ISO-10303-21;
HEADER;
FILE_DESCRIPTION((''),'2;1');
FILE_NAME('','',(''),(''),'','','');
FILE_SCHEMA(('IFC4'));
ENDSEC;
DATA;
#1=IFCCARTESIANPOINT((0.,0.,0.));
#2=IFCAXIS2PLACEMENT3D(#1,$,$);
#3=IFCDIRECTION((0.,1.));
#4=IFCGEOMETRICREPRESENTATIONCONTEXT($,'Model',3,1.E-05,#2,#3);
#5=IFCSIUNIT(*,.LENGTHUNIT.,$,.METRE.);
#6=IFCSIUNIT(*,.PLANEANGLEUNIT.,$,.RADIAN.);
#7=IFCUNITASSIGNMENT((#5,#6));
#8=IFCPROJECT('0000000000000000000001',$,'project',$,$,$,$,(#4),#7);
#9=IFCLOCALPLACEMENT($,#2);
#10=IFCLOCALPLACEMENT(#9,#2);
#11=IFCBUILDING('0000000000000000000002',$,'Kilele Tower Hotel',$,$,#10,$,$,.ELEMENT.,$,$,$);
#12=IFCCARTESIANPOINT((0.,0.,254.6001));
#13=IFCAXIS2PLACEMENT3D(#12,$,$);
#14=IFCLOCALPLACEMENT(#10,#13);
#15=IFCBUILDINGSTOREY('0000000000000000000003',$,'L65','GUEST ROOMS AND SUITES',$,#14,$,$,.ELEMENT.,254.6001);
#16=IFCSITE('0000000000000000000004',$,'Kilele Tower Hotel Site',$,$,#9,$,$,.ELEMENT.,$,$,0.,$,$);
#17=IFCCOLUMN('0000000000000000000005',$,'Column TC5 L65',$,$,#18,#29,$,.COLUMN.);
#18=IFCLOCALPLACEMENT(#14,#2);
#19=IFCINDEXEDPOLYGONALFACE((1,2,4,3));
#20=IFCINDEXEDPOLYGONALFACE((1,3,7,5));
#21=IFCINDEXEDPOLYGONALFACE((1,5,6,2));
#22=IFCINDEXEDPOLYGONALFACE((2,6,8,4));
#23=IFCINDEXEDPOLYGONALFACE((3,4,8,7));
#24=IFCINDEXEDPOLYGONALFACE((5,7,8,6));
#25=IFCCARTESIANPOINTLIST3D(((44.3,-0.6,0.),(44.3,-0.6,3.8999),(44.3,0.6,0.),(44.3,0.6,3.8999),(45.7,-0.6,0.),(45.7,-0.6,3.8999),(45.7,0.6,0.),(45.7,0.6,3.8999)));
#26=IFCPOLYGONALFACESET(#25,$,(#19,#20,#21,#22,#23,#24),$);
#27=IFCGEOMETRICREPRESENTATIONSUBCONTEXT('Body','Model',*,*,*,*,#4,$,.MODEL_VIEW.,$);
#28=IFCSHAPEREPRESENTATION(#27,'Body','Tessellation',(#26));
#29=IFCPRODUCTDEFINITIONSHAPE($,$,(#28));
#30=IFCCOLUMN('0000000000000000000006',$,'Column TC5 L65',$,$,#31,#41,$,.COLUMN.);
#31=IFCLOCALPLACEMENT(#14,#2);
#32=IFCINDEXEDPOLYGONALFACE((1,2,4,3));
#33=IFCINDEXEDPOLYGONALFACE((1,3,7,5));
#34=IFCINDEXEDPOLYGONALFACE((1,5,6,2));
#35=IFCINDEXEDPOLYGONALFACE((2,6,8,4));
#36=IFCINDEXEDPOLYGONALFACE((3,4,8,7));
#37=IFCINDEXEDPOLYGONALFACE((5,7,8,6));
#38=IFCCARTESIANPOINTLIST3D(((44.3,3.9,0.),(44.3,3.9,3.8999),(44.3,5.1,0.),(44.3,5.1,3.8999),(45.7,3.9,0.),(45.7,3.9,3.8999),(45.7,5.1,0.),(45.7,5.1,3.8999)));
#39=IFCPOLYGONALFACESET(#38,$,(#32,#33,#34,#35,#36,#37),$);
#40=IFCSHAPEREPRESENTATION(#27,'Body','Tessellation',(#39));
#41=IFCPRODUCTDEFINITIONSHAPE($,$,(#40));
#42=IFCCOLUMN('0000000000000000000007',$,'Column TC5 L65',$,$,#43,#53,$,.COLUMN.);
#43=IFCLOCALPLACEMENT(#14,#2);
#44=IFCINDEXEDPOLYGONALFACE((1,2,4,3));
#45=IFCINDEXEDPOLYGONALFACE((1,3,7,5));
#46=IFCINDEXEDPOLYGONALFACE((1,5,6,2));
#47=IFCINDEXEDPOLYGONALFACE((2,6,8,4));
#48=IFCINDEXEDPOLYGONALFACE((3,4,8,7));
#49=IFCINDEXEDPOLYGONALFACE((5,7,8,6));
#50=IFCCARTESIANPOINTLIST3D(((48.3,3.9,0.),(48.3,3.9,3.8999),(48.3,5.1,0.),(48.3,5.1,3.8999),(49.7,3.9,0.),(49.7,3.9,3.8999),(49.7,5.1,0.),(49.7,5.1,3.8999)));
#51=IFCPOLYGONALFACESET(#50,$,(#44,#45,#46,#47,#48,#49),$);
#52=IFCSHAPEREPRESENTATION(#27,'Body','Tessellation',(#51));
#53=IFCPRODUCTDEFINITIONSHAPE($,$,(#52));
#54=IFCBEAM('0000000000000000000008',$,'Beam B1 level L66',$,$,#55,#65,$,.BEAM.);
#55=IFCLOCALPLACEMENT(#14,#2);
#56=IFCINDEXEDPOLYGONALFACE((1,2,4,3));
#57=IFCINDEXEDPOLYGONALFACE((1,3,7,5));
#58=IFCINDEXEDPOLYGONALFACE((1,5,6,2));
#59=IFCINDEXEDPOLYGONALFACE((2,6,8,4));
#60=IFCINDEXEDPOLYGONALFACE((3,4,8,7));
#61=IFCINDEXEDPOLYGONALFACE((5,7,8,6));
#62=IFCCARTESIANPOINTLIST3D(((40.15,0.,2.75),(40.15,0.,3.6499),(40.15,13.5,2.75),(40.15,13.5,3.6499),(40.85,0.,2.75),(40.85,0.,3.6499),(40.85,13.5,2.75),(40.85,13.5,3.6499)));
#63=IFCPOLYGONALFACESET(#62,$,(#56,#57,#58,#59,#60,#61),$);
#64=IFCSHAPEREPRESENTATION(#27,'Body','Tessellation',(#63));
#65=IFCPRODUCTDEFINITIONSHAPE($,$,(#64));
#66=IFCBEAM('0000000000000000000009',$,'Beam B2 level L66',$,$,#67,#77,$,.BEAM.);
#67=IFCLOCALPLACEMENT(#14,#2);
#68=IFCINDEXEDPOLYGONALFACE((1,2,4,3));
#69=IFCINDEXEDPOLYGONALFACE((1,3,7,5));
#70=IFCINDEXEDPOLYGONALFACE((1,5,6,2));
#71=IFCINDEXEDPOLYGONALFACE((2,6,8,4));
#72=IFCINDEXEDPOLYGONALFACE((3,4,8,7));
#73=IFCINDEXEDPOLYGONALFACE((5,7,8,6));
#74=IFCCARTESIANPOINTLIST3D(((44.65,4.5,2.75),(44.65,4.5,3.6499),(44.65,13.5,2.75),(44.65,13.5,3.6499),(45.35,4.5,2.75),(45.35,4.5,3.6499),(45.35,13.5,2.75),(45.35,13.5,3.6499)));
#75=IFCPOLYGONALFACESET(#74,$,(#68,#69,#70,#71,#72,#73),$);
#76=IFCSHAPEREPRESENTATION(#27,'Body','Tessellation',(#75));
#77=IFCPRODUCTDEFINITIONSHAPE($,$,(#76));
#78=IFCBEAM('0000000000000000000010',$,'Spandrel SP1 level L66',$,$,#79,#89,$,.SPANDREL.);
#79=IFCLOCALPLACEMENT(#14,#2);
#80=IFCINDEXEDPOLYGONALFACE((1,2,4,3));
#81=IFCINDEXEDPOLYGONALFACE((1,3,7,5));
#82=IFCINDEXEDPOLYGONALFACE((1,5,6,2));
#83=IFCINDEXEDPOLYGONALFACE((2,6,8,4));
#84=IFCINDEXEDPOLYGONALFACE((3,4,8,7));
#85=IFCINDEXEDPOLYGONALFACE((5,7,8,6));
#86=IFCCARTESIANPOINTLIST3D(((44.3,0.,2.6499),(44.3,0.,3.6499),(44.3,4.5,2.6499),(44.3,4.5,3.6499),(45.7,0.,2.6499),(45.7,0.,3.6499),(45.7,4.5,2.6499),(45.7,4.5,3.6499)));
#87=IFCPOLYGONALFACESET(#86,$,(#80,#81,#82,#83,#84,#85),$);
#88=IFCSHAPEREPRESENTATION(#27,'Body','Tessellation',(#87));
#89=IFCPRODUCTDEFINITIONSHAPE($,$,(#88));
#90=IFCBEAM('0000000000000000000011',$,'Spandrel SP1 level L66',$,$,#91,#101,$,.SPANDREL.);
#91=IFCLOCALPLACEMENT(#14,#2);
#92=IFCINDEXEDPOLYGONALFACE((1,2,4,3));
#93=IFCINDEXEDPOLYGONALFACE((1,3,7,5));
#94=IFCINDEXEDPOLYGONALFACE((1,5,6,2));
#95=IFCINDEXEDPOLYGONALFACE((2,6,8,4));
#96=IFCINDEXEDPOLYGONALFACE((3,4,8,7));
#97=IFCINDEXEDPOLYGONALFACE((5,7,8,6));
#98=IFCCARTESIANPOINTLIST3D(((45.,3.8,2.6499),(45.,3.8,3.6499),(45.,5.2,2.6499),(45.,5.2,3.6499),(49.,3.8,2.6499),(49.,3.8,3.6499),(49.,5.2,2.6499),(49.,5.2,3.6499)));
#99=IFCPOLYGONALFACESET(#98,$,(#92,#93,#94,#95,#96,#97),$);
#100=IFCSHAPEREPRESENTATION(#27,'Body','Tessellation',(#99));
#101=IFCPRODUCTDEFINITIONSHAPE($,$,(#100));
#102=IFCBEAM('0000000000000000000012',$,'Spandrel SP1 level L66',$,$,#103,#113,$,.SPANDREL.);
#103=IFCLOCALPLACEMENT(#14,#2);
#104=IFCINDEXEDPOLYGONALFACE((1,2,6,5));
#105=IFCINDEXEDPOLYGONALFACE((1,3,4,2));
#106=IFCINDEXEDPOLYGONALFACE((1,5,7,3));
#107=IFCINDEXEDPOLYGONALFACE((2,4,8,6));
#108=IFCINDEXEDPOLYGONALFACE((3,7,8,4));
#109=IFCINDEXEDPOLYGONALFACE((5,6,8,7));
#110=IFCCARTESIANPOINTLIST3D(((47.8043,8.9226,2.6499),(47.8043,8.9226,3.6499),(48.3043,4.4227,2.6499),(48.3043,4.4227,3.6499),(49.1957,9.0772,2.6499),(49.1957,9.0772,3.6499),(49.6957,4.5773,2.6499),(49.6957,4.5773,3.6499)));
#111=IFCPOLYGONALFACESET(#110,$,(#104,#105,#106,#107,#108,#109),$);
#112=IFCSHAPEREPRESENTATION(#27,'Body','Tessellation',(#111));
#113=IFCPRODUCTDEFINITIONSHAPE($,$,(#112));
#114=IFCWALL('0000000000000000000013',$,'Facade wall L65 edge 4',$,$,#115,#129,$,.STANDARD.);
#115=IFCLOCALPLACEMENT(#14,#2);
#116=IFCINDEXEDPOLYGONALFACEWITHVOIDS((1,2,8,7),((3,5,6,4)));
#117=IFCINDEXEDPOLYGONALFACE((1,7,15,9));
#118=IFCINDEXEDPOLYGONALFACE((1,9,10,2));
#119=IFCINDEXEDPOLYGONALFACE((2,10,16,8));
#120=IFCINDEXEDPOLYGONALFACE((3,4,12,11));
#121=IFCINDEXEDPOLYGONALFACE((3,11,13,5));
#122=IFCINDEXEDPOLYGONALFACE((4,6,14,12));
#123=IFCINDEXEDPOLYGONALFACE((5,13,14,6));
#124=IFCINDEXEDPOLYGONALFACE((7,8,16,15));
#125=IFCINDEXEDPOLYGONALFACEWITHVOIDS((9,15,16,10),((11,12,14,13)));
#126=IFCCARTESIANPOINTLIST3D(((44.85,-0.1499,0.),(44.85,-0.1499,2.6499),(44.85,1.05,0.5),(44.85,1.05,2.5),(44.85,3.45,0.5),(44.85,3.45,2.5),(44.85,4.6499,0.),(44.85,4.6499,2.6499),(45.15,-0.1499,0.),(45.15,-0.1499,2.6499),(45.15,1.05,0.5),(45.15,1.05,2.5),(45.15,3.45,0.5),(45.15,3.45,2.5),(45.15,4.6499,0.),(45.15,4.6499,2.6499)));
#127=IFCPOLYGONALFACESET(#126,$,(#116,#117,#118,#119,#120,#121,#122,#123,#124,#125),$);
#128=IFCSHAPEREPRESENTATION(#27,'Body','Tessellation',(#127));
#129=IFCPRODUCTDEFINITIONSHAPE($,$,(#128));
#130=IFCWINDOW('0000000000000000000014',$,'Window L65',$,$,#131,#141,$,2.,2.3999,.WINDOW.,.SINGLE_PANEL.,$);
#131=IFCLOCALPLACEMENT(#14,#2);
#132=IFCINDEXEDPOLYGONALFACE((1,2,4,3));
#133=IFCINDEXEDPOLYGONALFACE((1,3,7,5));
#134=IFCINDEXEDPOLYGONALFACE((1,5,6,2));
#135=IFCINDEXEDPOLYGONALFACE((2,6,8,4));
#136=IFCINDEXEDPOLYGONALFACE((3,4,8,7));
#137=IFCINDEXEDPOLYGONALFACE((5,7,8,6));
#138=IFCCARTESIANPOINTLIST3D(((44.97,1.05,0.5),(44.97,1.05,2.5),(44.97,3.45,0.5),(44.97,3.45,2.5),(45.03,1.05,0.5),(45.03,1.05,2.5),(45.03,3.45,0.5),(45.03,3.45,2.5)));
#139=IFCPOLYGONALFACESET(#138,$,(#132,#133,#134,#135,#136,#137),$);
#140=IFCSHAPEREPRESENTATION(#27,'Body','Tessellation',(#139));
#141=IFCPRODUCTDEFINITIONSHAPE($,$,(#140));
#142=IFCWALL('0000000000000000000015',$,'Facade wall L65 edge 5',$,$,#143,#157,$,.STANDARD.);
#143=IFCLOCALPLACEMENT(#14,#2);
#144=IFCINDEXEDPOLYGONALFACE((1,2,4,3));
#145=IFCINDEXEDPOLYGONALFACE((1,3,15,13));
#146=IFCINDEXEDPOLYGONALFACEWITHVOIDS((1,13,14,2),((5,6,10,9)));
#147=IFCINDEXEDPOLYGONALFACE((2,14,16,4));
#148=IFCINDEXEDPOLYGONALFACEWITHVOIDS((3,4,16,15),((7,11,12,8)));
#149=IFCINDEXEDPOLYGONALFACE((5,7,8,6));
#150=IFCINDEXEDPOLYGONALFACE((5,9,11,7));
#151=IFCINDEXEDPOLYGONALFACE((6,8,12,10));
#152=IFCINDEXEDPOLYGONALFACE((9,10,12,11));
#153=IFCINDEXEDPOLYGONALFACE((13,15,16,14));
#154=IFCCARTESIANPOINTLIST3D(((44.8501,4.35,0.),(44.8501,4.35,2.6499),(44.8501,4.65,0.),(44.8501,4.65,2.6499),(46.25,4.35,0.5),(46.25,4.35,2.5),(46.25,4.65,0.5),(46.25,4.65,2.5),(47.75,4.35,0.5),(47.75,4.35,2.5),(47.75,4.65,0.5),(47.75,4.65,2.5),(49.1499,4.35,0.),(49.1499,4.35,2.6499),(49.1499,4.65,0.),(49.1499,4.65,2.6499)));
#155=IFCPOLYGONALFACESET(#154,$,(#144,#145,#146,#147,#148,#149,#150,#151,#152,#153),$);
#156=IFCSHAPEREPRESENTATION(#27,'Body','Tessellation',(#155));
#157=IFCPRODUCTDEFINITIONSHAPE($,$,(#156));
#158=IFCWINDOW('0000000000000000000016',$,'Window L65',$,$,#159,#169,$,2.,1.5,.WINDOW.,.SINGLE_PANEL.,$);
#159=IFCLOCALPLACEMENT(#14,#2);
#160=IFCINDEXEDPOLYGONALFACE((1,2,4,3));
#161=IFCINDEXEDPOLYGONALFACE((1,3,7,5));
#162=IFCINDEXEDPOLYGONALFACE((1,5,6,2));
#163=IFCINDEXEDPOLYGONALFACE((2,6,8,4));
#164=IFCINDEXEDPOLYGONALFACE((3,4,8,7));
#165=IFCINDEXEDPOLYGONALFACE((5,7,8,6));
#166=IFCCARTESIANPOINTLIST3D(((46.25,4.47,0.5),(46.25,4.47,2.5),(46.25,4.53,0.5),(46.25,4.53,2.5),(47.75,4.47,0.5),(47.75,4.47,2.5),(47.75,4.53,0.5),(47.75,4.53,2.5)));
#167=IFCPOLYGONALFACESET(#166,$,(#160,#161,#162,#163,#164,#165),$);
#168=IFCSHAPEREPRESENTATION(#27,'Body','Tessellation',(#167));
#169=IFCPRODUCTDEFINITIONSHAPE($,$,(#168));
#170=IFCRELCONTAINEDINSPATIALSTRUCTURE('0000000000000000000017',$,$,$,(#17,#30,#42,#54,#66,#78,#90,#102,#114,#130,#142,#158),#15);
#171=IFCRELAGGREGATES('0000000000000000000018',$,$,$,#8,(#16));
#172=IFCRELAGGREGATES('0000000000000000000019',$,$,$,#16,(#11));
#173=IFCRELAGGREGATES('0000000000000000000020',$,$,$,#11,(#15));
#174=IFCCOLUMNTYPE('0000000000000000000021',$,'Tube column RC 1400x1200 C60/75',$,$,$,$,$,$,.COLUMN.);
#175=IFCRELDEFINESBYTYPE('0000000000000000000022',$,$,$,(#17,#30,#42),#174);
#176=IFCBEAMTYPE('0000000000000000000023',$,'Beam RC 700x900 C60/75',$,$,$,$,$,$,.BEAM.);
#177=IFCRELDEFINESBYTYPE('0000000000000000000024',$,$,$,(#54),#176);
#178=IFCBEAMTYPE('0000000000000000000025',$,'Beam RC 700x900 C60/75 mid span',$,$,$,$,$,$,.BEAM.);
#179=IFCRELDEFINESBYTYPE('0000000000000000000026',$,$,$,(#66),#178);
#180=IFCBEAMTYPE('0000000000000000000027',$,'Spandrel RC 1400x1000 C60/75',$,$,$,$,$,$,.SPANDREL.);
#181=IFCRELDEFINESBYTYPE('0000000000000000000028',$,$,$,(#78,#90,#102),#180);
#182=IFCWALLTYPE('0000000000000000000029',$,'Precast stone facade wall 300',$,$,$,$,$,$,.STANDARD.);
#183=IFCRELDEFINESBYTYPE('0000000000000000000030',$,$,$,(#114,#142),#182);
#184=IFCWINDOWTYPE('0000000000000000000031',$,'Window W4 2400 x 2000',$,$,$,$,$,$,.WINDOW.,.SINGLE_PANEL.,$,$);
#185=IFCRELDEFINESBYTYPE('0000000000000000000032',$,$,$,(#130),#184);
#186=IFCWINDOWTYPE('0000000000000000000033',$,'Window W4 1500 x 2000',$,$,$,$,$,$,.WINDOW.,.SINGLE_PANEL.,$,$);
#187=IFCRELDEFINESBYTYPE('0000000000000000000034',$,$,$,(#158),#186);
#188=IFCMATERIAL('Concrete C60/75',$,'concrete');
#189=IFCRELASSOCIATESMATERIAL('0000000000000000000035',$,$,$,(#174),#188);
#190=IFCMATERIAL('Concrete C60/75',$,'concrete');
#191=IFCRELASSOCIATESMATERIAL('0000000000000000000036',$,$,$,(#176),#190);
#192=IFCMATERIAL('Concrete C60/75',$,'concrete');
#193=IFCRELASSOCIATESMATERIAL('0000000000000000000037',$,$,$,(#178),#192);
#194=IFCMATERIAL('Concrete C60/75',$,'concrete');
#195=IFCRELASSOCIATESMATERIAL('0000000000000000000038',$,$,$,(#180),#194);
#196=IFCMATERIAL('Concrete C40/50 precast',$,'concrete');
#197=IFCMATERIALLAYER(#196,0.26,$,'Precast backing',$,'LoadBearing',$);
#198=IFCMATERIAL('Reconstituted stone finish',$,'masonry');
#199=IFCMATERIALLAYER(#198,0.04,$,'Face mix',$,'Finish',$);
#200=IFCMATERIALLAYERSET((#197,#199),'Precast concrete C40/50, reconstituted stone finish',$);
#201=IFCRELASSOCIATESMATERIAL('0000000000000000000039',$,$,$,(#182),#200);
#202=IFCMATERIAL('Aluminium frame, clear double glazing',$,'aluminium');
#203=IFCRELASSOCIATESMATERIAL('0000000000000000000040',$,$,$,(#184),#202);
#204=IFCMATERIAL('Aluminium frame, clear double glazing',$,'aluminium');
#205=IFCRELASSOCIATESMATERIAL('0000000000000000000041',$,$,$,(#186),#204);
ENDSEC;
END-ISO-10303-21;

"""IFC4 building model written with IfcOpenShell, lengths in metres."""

from ifc_helpers import new_model, si_unit, direction, frame, frame_2d, origin, origin_2d, place, context, subcontext, project, spatial, rectangle, extrude, material, layer, layer_set, material_profile, profile_set, type_object, element, fill, save


model = new_model("IFC4")

# Units and contexts
model_context = context("Model", 3, precision=1e-05, world=origin(), true_north=direction((0.0, 1.0)))
body_context = subcontext(model_context, "Body", "Model", "MODEL_VIEW")
ifc_project = project(units=[si_unit("LENGTHUNIT", "METRE"), si_unit("PLANEANGLEUNIT", "RADIAN")], contexts=[model_context])

# Site, building, storey
site_placement = place(None, origin())
site = spatial("IfcSite", under=ifc_project, at=site_placement, Name="Kilele Tower Hotel Site", CompositionType="ELEMENT", RefElevation=0.0)
building_placement = place(site_placement, origin())
building = spatial("IfcBuilding", under=site, at=building_placement, Name="Kilele Tower Hotel", CompositionType="ELEMENT")
storey_placement = place(building_placement, frame((0.0, 0.0, 254.6001)))
storey = spatial("IfcBuildingStorey", under=building, at=storey_placement, Name="L65", Description="GUEST ROOMS AND SUITES", CompositionType="ELEMENT", Elevation=254.6001)

# Columns
ifc_material_1 = material(Name="Concrete C60/75", Category="concrete")
ifc_material_profile_1 = material_profile(ifc_material_1, rectangle(XDim=1.3999, YDim=1.2, at=origin_2d()))
ifc_profile_set_1 = profile_set([ifc_material_profile_1], Name="Concrete C60/75")
column_type = type_object("IfcColumnType", Name="Tube column RC 1400x1200 C60/75", PredefinedType="COLUMN", material=ifc_profile_set_1)
for number, where, z_axis, x_axis, name in (
    (1, (45.0, 0.0, 0.0), (0.0, 0.0, 1.0), (1.0, 0.0, 0.0), "Column TC5 L65"),
    (2, (45.0, 4.5, 0.0), (0.0, 0.0, 1.0), (1.0, 0.0, 0.0), "Column TC5 L65"),
    (3, (49.0, 4.5, 0.0), (0.0, 0.0, 1.0), (1.0, 0.0, 0.0), "Column TC5 L65"),
):
    element("IfcColumn", number, at=place(storey_placement, frame(where, z_axis=z_axis, x_axis=x_axis)), inside=storey, type_object=column_type, Name=name, PredefinedType="COLUMN", context=body_context, shape_type="SweptSolid", body=[
        extrude(rectangle(XDim=1.3999, YDim=1.2, at=origin_2d()), origin(), (0.0, 0.0, 1.0), 3.8999),
    ])

# Beams
ifc_material_2 = material(Name="Concrete C60/75", Category="concrete")
ifc_material_profile_2 = material_profile(ifc_material_2, rectangle(XDim=0.7, YDim=0.8999, at=origin_2d()))
ifc_profile_set_2 = profile_set([ifc_material_profile_2], Name="Concrete C60/75")
beam_type_1 = type_object("IfcBeamType", Name="Beam RC 700x900 C60/75", PredefinedType="BEAM", material=ifc_profile_set_2)
beam_1_placement = place(storey_placement, frame((40.5, 0.0, 3.2), z_axis=(0.0, 1.0, 0.0), x_axis=(-1.0, 0.0, 0.0)))
element("IfcBeam", 4, at=beam_1_placement, inside=storey, type_object=beam_type_1, Name="Beam B1 level L66", PredefinedType="BEAM", context=body_context, shape_type="SweptSolid", body=[
    extrude(rectangle(XDim=0.7, YDim=0.8999, at=origin_2d()), origin(), (0.0, 0.0, 1.0), 13.5),
])
ifc_material_3 = material(Name="Concrete C60/75", Category="concrete")
ifc_material_profile_3 = material_profile(ifc_material_3, rectangle(XDim=0.7, YDim=0.8999, at=origin_2d()))
ifc_profile_set_3 = profile_set([ifc_material_profile_3], Name="Concrete C60/75")
beam_type_2 = type_object("IfcBeamType", Name="Beam RC 700x900 C60/75 mid span", PredefinedType="BEAM", material=ifc_profile_set_3)
beam_2_placement = place(storey_placement, frame((45.0, 4.5, 3.2), z_axis=(0.0, 1.0, 0.0), x_axis=(-1.0, 0.0, 0.0)))
element("IfcBeam", 5, at=beam_2_placement, inside=storey, type_object=beam_type_2, Name="Beam B2 level L66", PredefinedType="BEAM", context=body_context, shape_type="SweptSolid", body=[
    extrude(rectangle(XDim=0.7, YDim=0.8999, at=origin_2d()), origin(), (0.0, 0.0, 1.0), 9.0),
])
ifc_material_4 = material(Name="Concrete C60/75", Category="concrete")
ifc_material_profile_4 = material_profile(ifc_material_4, rectangle(XDim=1.3999, YDim=1.0, at=origin_2d()))
ifc_profile_set_4 = profile_set([ifc_material_profile_4], Name="Concrete C60/75")
beam_type_3 = type_object("IfcBeamType", Name="Spandrel RC 1400x1000 C60/75", PredefinedType="SPANDREL", material=ifc_profile_set_4)
beam_3_placement = place(storey_placement, frame((45.0, 0.0, 3.1499), z_axis=(0.0, 1.0, 0.0), x_axis=(-1.0, 0.0, 0.0)))
element("IfcBeam", 6, at=beam_3_placement, inside=storey, type_object=beam_type_3, Name="Spandrel SP1 level L66", PredefinedType="SPANDREL", context=body_context, shape_type="SweptSolid", body=[
    extrude(rectangle(XDim=1.3999, YDim=1.0, at=origin_2d()), origin(), (0.0, 0.0, 1.0), 4.5),
])
beam_4_placement = place(storey_placement, frame((45.0, 4.5, 3.1499), z_axis=(1.0, 0.0, 0.0), x_axis=(0.0, 1.0, 0.0)))
element("IfcBeam", 7, at=beam_4_placement, inside=storey, type_object=beam_type_3, Name="Spandrel SP1 level L66", PredefinedType="SPANDREL", context=body_context, shape_type="SweptSolid", body=[
    extrude(rectangle(XDim=1.3999, YDim=1.0, at=origin_2d()), origin(), (0.0, 0.0, 1.0), 4.0),
])
beam_5_placement = place(storey_placement, frame((49.0, 4.5, 3.1499), z_axis=(-0.110432, 0.993884, 0.0), x_axis=(-0.993884, -0.110432, 0.0)))
element("IfcBeam", 8, at=beam_5_placement, inside=storey, type_object=beam_type_3, Name="Spandrel SP1 level L66", PredefinedType="SPANDREL", context=body_context, shape_type="SweptSolid", body=[
    extrude(rectangle(XDim=1.3999, YDim=1.0, at=origin_2d()), origin(), (0.0, 0.0, 1.0), 4.5276),
])

# Walls, openings, windows
ifc_material_5 = material(Name="Concrete C40/50 precast", Category="concrete")
ifc_layer_1 = layer(ifc_material_5, 0.26, Name="Precast backing", Category="LoadBearing")
ifc_material_6 = material(Name="Reconstituted stone finish", Category="masonry")
ifc_layer_2 = layer(ifc_material_6, 0.04, Name="Face mix", Category="Finish")
ifc_layer_set = layer_set([ifc_layer_1, ifc_layer_2], Name="Precast concrete C40/50, reconstituted stone finish")
wall_type = type_object("IfcWallType", Name="Precast stone facade wall 300", PredefinedType="STANDARD", material=ifc_layer_set)
wall_1_placement = place(storey_placement, frame((45.0, -0.1499, 0.0), z_axis=(0.0, 0.0, 1.0), x_axis=(0.0, 1.0, 0.0)))
wall_1 = element("IfcWall", 9, at=wall_1_placement, inside=storey, type_object=wall_type, Name="Facade wall L65 edge 4", PredefinedType="STANDARD", context=body_context, shape_type="SweptSolid", body=[
    extrude(rectangle(XDim=4.7998, YDim=0.3, at=frame_2d((2.3999, 0.0))), origin(), (0.0, 0.0, 1.0), 2.6499),
])
opening_1_placement = place(wall_1_placement, frame((1.2, 0.0, 0.5)))
opening_1 = element("IfcOpeningElement", 10, at=opening_1_placement, cuts=wall_1, PredefinedType="OPENING", context=body_context, shape_type="SweptSolid", body=[
    extrude(rectangle(XDim=2.3999, YDim=2.0, at=frame_2d((1.2, 1.0))), frame((0.0, 0.1599, 0.0), z_axis=(0.0, -1.0, 0.0), x_axis=(1.0, 0.0, 0.0)), (0.0, 0.0, 1.0), 0.3201),
])
ifc_material_7 = material(Name="Aluminium frame, clear double glazing", Category="aluminium")
window_type_1 = type_object("IfcWindowType", Name="Window W4 2400 x 2000", PartitioningType="SINGLE_PANEL", PredefinedType="WINDOW", material=ifc_material_7)
window_1_placement = place(opening_1_placement, origin())
window_1 = element("IfcWindow", 11, at=window_1_placement, inside=storey, type_object=window_type_1, Name="Window L65", OverallHeight=2.0, OverallWidth=2.3999, PartitioningType="SINGLE_PANEL", PredefinedType="WINDOW", context=body_context, shape_type="SweptSolid", body=[
    extrude(rectangle(XDim=2.3999, YDim=2.0, at=frame_2d((1.2, 1.0))), frame((0.0, 0.03, 0.0), z_axis=(0.0, -1.0, 0.0), x_axis=(1.0, 0.0, 0.0)), (0.0, 0.0, 1.0), 0.0601),
])
fill(opening_1, window_1)
wall_2_placement = place(storey_placement, frame((44.8501, 4.5, 0.0), z_axis=(0.0, 0.0, 1.0), x_axis=(1.0, 0.0, 0.0)))
wall_2 = element("IfcWall", 12, at=wall_2_placement, inside=storey, type_object=wall_type, Name="Facade wall L65 edge 5", PredefinedType="STANDARD", context=body_context, shape_type="SweptSolid", body=[
    extrude(rectangle(XDim=4.2998, YDim=0.3, at=frame_2d((2.1499, 0.0))), origin(), (0.0, 0.0, 1.0), 2.6499),
])
opening_2_placement = place(wall_2_placement, frame((1.3999, 0.0, 0.5)))
opening_2 = element("IfcOpeningElement", 13, at=opening_2_placement, cuts=wall_2, PredefinedType="OPENING", context=body_context, shape_type="SweptSolid", body=[
    extrude(rectangle(XDim=1.5, YDim=2.0, at=frame_2d((0.75, 1.0))), frame((0.0, 0.1599, 0.0), z_axis=(0.0, -1.0, 0.0), x_axis=(1.0, 0.0, 0.0)), (0.0, 0.0, 1.0), 0.3201),
])
ifc_material_8 = material(Name="Aluminium frame, clear double glazing", Category="aluminium")
window_type_2 = type_object("IfcWindowType", Name="Window W4 1500 x 2000", PartitioningType="SINGLE_PANEL", PredefinedType="WINDOW", material=ifc_material_8)
window_2_placement = place(opening_2_placement, origin())
window_2 = element("IfcWindow", 14, at=window_2_placement, inside=storey, type_object=window_type_2, Name="Window L65", OverallHeight=2.0, OverallWidth=1.5, PartitioningType="SINGLE_PANEL", PredefinedType="WINDOW", context=body_context, shape_type="SweptSolid", body=[
    extrude(rectangle(XDim=1.5, YDim=2.0, at=frame_2d((0.75, 1.0))), frame((0.0, 0.03, 0.0), z_axis=(0.0, -1.0, 0.0), x_axis=(1.0, 0.0, 0.0)), (0.0, 0.0, 1.0), 0.0601),
])
fill(opening_2, window_2)

save(model, "model.ifc")
